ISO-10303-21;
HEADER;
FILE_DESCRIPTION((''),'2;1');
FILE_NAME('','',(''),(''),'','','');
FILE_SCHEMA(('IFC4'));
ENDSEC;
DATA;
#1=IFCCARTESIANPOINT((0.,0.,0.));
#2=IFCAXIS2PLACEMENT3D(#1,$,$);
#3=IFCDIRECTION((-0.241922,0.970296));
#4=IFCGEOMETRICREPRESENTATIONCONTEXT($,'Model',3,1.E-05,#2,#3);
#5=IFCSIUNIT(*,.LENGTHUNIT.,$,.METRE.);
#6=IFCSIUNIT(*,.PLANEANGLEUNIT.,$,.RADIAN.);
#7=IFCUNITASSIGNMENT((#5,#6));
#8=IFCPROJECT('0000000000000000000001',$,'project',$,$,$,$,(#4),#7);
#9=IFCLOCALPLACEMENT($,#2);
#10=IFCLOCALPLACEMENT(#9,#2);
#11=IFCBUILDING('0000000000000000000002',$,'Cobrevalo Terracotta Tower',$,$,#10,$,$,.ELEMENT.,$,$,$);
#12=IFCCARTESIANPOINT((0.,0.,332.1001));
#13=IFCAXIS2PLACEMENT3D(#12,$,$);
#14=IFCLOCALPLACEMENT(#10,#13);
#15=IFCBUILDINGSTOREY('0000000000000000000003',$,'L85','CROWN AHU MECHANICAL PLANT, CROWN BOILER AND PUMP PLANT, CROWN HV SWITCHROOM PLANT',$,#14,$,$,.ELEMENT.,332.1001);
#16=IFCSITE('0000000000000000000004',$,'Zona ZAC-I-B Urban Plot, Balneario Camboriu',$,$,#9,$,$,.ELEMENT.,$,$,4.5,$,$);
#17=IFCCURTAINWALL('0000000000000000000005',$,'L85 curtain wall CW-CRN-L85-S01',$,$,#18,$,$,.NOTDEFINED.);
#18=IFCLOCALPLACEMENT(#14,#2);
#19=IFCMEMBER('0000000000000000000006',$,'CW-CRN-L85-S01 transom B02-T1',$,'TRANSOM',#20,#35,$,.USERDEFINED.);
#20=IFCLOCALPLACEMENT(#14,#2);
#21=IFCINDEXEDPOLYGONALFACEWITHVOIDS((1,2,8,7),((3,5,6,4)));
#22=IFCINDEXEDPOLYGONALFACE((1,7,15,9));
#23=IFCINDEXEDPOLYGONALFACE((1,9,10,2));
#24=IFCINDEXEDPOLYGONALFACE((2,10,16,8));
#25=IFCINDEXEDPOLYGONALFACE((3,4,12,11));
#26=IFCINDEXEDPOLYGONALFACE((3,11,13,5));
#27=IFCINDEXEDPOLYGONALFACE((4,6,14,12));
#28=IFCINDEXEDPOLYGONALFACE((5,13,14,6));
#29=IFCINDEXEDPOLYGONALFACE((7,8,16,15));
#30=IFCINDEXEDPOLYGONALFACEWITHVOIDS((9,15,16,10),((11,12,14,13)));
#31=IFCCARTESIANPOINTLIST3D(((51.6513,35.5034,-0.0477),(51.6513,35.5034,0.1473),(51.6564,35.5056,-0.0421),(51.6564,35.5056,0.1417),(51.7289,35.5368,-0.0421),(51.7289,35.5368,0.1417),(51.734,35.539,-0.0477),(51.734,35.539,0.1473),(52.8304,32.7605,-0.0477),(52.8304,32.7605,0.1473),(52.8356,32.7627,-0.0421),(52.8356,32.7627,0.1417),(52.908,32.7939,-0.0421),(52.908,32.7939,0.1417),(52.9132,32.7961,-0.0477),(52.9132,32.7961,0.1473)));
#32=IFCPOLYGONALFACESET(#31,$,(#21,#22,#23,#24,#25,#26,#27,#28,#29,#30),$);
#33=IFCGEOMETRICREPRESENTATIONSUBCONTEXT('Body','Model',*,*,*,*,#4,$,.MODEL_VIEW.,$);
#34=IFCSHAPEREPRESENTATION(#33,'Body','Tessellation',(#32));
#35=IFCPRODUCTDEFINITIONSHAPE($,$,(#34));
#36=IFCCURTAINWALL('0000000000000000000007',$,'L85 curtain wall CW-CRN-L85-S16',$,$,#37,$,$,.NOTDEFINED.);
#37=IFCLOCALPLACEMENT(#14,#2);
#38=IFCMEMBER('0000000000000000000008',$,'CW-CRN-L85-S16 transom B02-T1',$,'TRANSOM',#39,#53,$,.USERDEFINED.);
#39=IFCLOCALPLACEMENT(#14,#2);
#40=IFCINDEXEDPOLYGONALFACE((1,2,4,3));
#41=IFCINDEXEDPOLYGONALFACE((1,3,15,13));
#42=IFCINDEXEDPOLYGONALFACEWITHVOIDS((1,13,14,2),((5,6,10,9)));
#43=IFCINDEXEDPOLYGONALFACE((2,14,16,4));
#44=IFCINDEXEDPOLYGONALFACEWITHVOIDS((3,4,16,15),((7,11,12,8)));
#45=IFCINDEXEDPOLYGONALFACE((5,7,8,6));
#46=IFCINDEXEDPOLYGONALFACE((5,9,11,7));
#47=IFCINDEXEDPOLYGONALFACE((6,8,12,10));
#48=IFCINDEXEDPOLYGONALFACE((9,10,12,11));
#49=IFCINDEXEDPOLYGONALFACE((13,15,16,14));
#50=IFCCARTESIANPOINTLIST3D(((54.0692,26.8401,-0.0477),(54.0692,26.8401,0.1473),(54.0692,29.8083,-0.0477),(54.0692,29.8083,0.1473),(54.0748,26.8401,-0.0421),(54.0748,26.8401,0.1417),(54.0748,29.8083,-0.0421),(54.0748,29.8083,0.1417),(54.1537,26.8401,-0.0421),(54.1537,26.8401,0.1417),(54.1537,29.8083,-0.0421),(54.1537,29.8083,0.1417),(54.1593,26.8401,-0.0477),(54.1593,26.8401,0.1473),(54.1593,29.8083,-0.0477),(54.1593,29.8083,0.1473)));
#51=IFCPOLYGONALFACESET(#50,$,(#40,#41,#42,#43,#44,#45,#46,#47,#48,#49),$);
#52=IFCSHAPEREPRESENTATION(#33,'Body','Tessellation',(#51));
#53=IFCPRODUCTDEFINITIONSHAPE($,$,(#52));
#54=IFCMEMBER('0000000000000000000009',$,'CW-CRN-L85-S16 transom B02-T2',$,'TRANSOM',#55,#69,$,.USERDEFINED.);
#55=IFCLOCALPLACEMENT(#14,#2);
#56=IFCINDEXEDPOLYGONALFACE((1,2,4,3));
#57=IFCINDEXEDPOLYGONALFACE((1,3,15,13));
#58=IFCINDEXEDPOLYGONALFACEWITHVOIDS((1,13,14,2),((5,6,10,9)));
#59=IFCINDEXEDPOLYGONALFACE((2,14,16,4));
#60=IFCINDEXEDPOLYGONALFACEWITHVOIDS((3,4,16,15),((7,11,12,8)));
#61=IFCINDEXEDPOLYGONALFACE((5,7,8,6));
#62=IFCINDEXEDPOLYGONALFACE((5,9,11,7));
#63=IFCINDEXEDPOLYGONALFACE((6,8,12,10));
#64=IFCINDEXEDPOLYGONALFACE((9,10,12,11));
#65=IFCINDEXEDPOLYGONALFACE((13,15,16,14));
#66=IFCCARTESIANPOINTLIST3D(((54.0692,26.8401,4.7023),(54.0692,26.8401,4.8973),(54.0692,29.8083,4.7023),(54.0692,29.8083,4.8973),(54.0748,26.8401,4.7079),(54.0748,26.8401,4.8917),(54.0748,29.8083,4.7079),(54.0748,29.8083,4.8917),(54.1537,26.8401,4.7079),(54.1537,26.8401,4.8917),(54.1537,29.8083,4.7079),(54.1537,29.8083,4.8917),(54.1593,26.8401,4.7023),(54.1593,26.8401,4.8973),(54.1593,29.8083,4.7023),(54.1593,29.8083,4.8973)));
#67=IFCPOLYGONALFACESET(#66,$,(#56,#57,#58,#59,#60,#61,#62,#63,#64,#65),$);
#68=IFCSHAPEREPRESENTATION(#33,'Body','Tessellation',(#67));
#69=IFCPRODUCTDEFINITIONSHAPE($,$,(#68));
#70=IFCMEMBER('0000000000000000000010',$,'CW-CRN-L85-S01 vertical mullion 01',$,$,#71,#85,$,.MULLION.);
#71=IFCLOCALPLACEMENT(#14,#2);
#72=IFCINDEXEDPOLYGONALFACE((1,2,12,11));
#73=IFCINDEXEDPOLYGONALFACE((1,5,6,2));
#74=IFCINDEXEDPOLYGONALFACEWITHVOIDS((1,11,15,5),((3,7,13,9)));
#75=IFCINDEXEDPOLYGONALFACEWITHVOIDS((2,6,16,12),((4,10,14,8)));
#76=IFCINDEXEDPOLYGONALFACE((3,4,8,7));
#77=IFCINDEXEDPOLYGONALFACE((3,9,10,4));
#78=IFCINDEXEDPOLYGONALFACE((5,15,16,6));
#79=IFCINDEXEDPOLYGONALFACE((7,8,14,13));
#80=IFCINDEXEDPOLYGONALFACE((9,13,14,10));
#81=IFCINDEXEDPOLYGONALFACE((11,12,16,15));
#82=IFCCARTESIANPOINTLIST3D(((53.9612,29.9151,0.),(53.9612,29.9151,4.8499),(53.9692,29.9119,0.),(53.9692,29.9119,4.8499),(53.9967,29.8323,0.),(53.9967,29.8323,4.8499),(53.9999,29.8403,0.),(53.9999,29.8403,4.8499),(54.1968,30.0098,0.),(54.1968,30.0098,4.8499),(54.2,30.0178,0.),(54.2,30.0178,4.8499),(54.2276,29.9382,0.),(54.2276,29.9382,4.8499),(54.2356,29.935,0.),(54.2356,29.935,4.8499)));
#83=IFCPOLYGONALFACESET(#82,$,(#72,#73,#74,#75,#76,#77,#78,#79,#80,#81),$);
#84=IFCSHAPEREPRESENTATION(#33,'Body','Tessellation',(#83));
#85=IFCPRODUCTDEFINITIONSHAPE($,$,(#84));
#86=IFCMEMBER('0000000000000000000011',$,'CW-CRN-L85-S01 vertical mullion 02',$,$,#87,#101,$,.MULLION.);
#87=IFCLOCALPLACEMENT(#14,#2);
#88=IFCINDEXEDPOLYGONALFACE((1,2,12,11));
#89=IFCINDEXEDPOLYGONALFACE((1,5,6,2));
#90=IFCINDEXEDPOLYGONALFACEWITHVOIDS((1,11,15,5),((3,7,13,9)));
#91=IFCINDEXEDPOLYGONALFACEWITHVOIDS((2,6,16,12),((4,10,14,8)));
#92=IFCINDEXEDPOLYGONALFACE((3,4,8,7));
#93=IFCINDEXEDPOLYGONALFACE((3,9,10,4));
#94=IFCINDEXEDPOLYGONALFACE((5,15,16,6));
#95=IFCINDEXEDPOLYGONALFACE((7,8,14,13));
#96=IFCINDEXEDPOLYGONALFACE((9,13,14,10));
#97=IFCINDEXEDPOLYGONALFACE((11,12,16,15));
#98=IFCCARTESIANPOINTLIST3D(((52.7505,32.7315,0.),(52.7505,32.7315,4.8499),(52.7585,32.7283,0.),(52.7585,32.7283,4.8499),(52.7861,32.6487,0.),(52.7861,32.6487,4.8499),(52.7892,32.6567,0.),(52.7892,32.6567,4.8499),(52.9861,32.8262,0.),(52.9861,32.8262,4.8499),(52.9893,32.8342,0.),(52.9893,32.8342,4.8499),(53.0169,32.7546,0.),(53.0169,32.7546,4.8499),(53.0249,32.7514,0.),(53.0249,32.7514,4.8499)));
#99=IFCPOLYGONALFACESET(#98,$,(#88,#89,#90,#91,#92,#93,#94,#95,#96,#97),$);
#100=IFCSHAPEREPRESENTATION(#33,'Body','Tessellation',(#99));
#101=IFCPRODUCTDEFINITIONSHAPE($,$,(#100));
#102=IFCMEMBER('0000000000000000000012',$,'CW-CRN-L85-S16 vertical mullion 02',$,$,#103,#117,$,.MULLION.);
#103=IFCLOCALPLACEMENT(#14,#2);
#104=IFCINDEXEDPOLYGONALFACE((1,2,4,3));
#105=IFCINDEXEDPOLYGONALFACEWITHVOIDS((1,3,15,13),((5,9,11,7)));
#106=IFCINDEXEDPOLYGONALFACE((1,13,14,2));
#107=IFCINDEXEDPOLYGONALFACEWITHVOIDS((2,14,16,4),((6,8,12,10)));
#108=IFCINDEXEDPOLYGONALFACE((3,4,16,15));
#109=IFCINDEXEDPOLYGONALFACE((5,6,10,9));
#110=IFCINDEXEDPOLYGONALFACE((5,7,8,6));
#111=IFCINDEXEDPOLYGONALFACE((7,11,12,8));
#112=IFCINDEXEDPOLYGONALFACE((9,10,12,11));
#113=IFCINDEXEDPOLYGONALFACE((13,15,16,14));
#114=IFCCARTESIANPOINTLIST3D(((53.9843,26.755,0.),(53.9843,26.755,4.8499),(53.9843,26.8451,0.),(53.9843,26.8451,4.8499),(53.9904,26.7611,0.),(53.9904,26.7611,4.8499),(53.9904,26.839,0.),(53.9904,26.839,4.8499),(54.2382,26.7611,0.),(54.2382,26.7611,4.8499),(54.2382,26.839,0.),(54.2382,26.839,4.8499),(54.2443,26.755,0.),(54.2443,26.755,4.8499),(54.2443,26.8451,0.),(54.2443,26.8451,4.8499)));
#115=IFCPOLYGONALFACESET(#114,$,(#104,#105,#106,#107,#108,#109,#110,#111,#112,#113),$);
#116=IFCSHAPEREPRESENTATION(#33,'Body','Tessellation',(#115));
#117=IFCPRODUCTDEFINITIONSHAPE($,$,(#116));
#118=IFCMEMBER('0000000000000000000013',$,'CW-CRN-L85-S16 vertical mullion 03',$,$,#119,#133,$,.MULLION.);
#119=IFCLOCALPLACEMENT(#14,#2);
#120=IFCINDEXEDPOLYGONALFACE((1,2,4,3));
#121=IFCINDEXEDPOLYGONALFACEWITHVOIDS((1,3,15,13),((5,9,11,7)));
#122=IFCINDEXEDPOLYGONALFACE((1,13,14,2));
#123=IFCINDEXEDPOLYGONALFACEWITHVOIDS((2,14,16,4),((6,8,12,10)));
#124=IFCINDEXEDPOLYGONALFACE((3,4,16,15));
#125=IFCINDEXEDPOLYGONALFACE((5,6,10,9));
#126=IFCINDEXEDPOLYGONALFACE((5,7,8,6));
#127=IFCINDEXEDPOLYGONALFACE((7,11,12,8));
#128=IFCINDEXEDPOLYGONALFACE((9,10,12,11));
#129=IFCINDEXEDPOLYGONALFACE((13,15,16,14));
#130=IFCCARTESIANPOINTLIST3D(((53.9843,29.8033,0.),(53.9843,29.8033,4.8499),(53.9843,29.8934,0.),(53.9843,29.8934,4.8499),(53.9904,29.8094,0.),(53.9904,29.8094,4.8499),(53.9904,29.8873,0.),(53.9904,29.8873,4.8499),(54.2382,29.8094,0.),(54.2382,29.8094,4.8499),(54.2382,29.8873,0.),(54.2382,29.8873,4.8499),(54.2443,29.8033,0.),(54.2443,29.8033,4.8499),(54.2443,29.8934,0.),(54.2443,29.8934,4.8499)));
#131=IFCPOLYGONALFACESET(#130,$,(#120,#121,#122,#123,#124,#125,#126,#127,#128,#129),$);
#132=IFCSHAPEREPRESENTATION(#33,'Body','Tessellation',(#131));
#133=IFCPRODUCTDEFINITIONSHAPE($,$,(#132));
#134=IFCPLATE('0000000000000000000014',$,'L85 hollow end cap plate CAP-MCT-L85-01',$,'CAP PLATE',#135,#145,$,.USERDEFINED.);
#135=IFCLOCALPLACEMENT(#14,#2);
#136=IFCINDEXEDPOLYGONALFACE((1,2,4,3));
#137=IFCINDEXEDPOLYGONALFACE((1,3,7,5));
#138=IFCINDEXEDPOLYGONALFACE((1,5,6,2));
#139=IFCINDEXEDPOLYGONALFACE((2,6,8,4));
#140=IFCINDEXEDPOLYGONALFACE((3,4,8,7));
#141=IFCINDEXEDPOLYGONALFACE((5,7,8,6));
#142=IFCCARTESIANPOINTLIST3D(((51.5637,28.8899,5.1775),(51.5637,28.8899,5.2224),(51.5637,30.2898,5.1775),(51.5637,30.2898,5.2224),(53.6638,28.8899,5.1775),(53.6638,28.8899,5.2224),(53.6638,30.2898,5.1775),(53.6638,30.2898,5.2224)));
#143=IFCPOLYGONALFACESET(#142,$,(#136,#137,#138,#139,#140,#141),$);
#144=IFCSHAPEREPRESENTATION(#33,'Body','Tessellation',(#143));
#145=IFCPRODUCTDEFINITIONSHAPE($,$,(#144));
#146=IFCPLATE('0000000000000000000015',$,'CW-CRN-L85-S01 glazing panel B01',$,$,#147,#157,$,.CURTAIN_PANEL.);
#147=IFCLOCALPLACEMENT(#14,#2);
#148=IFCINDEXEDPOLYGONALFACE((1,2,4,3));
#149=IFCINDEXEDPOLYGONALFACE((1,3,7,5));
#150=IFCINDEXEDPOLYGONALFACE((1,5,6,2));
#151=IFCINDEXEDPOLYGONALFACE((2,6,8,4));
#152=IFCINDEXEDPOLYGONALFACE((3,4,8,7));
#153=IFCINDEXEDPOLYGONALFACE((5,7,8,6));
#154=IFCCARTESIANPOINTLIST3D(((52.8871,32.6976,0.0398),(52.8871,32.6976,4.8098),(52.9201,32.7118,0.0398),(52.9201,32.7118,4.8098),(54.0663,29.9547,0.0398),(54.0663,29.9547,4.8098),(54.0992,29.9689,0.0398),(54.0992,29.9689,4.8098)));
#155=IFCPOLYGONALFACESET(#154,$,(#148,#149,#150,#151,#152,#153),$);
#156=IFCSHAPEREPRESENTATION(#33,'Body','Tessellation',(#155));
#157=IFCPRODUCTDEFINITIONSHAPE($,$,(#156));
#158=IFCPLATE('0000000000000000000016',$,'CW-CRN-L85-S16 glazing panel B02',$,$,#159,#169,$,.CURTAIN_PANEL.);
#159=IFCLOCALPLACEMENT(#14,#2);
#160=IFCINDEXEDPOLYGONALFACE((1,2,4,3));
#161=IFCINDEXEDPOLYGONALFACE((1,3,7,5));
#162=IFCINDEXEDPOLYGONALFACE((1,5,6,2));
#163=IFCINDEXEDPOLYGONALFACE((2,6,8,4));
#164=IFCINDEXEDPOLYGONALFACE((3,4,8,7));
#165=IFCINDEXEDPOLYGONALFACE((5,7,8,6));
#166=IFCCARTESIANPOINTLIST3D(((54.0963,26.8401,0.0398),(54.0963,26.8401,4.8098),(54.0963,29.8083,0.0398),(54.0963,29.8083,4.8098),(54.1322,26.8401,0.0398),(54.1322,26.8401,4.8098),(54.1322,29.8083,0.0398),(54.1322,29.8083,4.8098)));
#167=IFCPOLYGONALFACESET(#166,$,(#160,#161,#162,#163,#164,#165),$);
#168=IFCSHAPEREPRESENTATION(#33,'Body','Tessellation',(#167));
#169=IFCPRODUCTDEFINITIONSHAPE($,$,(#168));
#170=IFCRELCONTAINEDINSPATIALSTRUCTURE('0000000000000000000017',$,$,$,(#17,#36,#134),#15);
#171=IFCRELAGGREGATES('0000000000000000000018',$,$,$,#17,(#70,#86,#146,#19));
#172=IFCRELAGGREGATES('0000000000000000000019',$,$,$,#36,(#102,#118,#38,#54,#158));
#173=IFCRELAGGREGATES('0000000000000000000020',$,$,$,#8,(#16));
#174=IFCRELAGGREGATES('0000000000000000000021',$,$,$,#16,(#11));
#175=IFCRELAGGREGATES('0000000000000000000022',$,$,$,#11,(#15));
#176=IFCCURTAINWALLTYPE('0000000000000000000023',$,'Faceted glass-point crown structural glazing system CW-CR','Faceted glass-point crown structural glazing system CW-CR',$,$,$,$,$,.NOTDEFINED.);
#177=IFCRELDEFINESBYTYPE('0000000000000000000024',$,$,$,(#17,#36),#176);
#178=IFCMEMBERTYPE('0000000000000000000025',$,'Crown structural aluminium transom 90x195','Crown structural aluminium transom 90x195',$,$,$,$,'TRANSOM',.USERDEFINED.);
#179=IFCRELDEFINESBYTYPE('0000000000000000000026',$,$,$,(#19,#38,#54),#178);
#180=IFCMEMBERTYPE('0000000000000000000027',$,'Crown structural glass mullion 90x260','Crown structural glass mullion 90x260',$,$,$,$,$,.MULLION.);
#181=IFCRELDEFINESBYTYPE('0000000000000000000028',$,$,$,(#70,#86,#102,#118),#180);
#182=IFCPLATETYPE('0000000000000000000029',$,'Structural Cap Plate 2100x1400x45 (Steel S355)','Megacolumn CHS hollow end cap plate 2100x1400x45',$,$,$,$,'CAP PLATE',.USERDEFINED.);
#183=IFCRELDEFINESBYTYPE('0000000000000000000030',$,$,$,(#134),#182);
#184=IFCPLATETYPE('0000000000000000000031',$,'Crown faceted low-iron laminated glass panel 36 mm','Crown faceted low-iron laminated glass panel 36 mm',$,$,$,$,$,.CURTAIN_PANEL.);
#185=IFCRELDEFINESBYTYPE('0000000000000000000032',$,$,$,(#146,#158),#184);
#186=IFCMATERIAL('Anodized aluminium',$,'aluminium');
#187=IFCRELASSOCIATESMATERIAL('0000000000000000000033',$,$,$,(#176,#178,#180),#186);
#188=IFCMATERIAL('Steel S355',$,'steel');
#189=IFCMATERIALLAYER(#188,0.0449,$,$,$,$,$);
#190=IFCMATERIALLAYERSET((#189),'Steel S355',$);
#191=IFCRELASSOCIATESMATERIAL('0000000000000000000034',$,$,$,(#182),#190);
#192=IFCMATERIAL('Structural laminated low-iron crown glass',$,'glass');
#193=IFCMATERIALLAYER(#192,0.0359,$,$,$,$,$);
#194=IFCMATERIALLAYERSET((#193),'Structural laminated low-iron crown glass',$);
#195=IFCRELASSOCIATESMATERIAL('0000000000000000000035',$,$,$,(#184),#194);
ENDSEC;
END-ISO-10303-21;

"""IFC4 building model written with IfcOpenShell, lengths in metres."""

from ifc_helpers import new_model, si_unit, direction, frame, origin, origin_2d, place, context, subcontext, project, spatial, rectangle, hollow_rectangle, extrude, source, transform, mapped, material, layer, layer_set, material_profile, profile_set, type_object, element, aggregate, save


model = new_model("IFC4")

# Units and contexts
model_context = context("Model", 3, precision=1e-05, world=origin(), true_north=direction((-0.241922, 0.970296)))
body_context = subcontext(model_context, "Body", "Model", "MODEL_VIEW")
ifc_project = project(units=[si_unit("LENGTHUNIT", "METRE"), si_unit("PLANEANGLEUNIT", "RADIAN")], contexts=[model_context])

# Site, building, storey
site_placement = place(None, origin())
site = spatial("IfcSite", under=ifc_project, at=site_placement, Name="Zona ZAC-I-B Urban Plot, Balneario Camboriu", CompositionType="ELEMENT", RefElevation=4.5)
building_placement = place(site_placement, origin())
building = spatial("IfcBuilding", under=site, at=building_placement, Name="Cobrevalo Terracotta Tower", CompositionType="ELEMENT")
storey_placement = place(building_placement, frame((0.0, 0.0, 332.1001)))
storey = spatial("IfcBuildingStorey", under=building, at=storey_placement, Name="L85", Description="CROWN AHU MECHANICAL PLANT, CROWN BOILER AND PUMP PLANT, CROWN HV SWITCHROOM PLANT", CompositionType="ELEMENT", Elevation=332.1001)

# Shared definitions
ifc_material_1 = material(Name="Steel S355", Category="steel")

# Curtain walls, members
ifc_material_2 = material(Name="Anodized aluminium", Category="aluminium")
curtain_wall_type = type_object("IfcCurtainWallType", Name="Faceted glass-point crown structural glazing system CW-CR", Description="Faceted glass-point crown structural glazing system CW-CR", PredefinedType="NOTDEFINED", material=ifc_material_2)
curtain_wall_1_placement = place(storey_placement, origin())
curtain_wall_1 = element("IfcCurtainWall", 1, at=curtain_wall_1_placement, inside=storey, type_object=curtain_wall_type, Name="L85 curtain wall CW-CRN-L85-S01", PredefinedType="NOTDEFINED")
ifc_material_profile_1 = material_profile(ifc_material_2, hollow_rectangle(XDim=0.0901, YDim=0.1951, WallThickness=0.0056, at=origin_2d()), Name="CWT 90x195")
ifc_profile_set_1 = profile_set([ifc_material_profile_1], Name="Anodized aluminium")
member_type_1 = type_object("IfcMemberType", Name="Crown structural aluminium transom 90x195", Description="Crown structural aluminium transom 90x195", ElementType="TRANSOM", PredefinedType="USERDEFINED", material=ifc_profile_set_1)
shared_shape_1 = source(origin(), body_context, "Body", "SweptSolid", [
    extrude(hollow_rectangle(XDim=0.0901, YDim=0.1951, WallThickness=0.0056, at=origin_2d()), origin(), (0.0, 0.0, 1.0), 2.9856),
])
member_1_placement = place(storey_placement, frame((52.8718, 32.7783, 0.0498), z_axis=(-0.394955, 0.9187, 0.0), x_axis=(-0.9187, -0.394955, 0.0)))
member_1 = element("IfcMember", 2, at=member_1_placement, type_object=member_type_1, Name="CW-CRN-L85-S01 transom B02-T1", ObjectType="TRANSOM", PredefinedType="USERDEFINED", context=body_context, shape_type="MappedRepresentation", body=[
    mapped(shared_shape_1, transform((0.0, 0.0, 0.0), scale=1.0)),
])
curtain_wall_2_placement = place(storey_placement, origin())
curtain_wall_2 = element("IfcCurtainWall", 3, at=curtain_wall_2_placement, inside=storey, type_object=curtain_wall_type, Name="L85 curtain wall CW-CRN-L85-S16", PredefinedType="NOTDEFINED")
shared_shape_2 = source(origin(), body_context, "Body", "SweptSolid", [
    extrude(hollow_rectangle(XDim=0.0901, YDim=0.1951, WallThickness=0.0056, at=origin_2d()), origin(), (0.0, 0.0, 1.0), 2.9683),
])
member_2_placement = place(storey_placement, frame((54.1143, 26.8401, 0.0498), z_axis=(0.0, 1.0, 0.0), x_axis=(-1.0, 0.0, 0.0)))
member_2 = element("IfcMember", 4, at=member_2_placement, type_object=member_type_1, Name="CW-CRN-L85-S16 transom B02-T1", ObjectType="TRANSOM", PredefinedType="USERDEFINED", context=body_context, shape_type="MappedRepresentation", body=[
    mapped(shared_shape_2, transform((0.0, 0.0, 0.0), scale=1.0)),
])
member_3_placement = place(storey_placement, frame((54.1143, 26.8401, 4.7998), z_axis=(0.0, 1.0, 0.0), x_axis=(-1.0, 0.0, 0.0)))
member_3 = element("IfcMember", 5, at=member_3_placement, type_object=member_type_1, Name="CW-CRN-L85-S16 transom B02-T2", ObjectType="TRANSOM", PredefinedType="USERDEFINED", context=body_context, shape_type="MappedRepresentation", body=[
    mapped(shared_shape_2, transform((0.0, 0.0, 0.0), scale=1.0)),
])

# Members
ifc_material_profile_2 = material_profile(ifc_material_2, hollow_rectangle(XDim=0.0901, YDim=0.26, WallThickness=0.0061, at=origin_2d()), Name="CWM 90x260")
ifc_profile_set_2 = profile_set([ifc_material_profile_2], Name="Anodized aluminium")
member_type_2 = type_object("IfcMemberType", Name="Crown structural glass mullion 90x260", Description="Crown structural glass mullion 90x260", PredefinedType="MULLION", material=ifc_profile_set_2)
shared_shape_3 = source(origin(), body_context, "Body", "SweptSolid", [
    extrude(hollow_rectangle(XDim=0.0901, YDim=0.26, WallThickness=0.0061, at=origin_2d()), origin(), (0.0, 0.0, 1.0), 4.8499),
])
member_4_placement = place(storey_placement, frame((54.0984, 29.925, 0.0), z_axis=(0.0, 0.0, 1.0), x_axis=(-0.394968, 0.918695, 0.0)))
member_4 = element("IfcMember", 6, at=member_4_placement, type_object=member_type_2, Name="CW-CRN-L85-S01 vertical mullion 01", PredefinedType="MULLION", context=body_context, shape_type="MappedRepresentation", body=[
    mapped(shared_shape_3, transform((0.0, 0.0, 0.0), scale=1.0)),
])
member_5_placement = place(storey_placement, frame((52.8877, 32.7415, 0.0), z_axis=(0.0, 0.0, 1.0), x_axis=(-0.394968, 0.918695, 0.0)))
member_5 = element("IfcMember", 7, at=member_5_placement, type_object=member_type_2, Name="CW-CRN-L85-S01 vertical mullion 02", PredefinedType="MULLION", context=body_context, shape_type="MappedRepresentation", body=[
    mapped(shared_shape_3, transform((0.0, 0.0, 0.0), scale=1.0)),
])
member_6_placement = place(storey_placement, frame((54.1143, 26.8, 0.0), z_axis=(0.0, 0.0, 1.0), x_axis=(0.0, 1.0, 0.0)))
member_6 = element("IfcMember", 8, at=member_6_placement, type_object=member_type_2, Name="CW-CRN-L85-S16 vertical mullion 02", PredefinedType="MULLION", context=body_context, shape_type="MappedRepresentation", body=[
    mapped(shared_shape_3, transform((0.0, 0.0, 0.0), scale=1.0)),
])
member_7_placement = place(storey_placement, frame((54.1143, 29.8484, 0.0), z_axis=(0.0, 0.0, 1.0), x_axis=(0.0, 1.0, 0.0)))
member_7 = element("IfcMember", 9, at=member_7_placement, type_object=member_type_2, Name="CW-CRN-L85-S16 vertical mullion 03", PredefinedType="MULLION", context=body_context, shape_type="MappedRepresentation", body=[
    mapped(shared_shape_3, transform((0.0, 0.0, 0.0), scale=1.0)),
])

# Plates
ifc_layer_1 = layer(ifc_material_1, 0.0449)
ifc_layer_set_1 = layer_set([ifc_layer_1], Name="Steel S355")
plate_type_1 = type_object("IfcPlateType", Name="Structural Cap Plate 2100x1400x45 (Steel S355)", Description="Megacolumn CHS hollow end cap plate 2100x1400x45", ElementType="CAP PLATE", PredefinedType="USERDEFINED", material=ifc_layer_set_1)
shared_shape_4 = source(origin(), body_context, "Body", "SweptSolid", [
    extrude(rectangle(XDim=2.1001, YDim=1.3999, at=origin_2d()), origin(), (0.0, 0.0, 1.0), 0.0449),
])
plate_1_placement = place(storey_placement, frame((52.6138, 29.5898, 5.1775), z_axis=(0.0, 0.0, 1.0), x_axis=(1.0, 0.0, 0.0)))
element("IfcPlate", 10, at=plate_1_placement, inside=storey, type_object=plate_type_1, Name="L85 hollow end cap plate CAP-MCT-L85-01", ObjectType="CAP PLATE", PredefinedType="USERDEFINED", context=body_context, shape_type="MappedRepresentation", body=[
    mapped(shared_shape_4, transform((0.0, 0.0, 0.0), scale=1.0)),
])
ifc_material_3 = material(Name="Structural laminated low-iron crown glass", Category="glass")
ifc_layer_2 = layer(ifc_material_3, 0.0359)
ifc_layer_set_2 = layer_set([ifc_layer_2], Name="Structural laminated low-iron crown glass")
plate_type_2 = type_object("IfcPlateType", Name="Crown faceted low-iron laminated glass panel 36 mm", Description="Crown faceted low-iron laminated glass panel 36 mm", PredefinedType="CURTAIN_PANEL", material=ifc_layer_set_2)
shared_shape_5 = source(origin(), body_context, "Body", "SweptSolid", [
    extrude(rectangle(XDim=2.9856, YDim=0.0359, at=origin_2d()), origin(), (0.0, 0.0, 1.0), 4.77),
])
plate_2_placement = place(storey_placement, frame((53.4932, 31.3333, 0.0398), z_axis=(0.0, 0.0, 1.0), x_axis=(-0.39496, 0.918698, 0.0)))
plate_2 = element("IfcPlate", 11, at=plate_2_placement, type_object=plate_type_2, Name="CW-CRN-L85-S01 glazing panel B01", PredefinedType="CURTAIN_PANEL", context=body_context, shape_type="MappedRepresentation", body=[
    mapped(shared_shape_5, transform((0.0, 0.0, 0.0), scale=1.0)),
])
aggregate(curtain_wall_1, [member_4, member_5, plate_2, member_1])
shared_shape_6 = source(origin(), body_context, "Body", "SweptSolid", [
    extrude(rectangle(XDim=2.9683, YDim=0.0359, at=origin_2d()), origin(), (0.0, 0.0, 1.0), 4.77),
])
plate_3_placement = place(storey_placement, frame((54.1143, 28.3242, 0.0398), z_axis=(0.0, 0.0, 1.0), x_axis=(0.0, 1.0, 0.0)))
plate_3 = element("IfcPlate", 12, at=plate_3_placement, type_object=plate_type_2, Name="CW-CRN-L85-S16 glazing panel B02", PredefinedType="CURTAIN_PANEL", context=body_context, shape_type="MappedRepresentation", body=[
    mapped(shared_shape_6, transform((0.0, 0.0, 0.0), scale=1.0)),
])
aggregate(curtain_wall_2, [member_6, member_7, member_2, member_3, plate_3])

save(model, "model.ifc")
